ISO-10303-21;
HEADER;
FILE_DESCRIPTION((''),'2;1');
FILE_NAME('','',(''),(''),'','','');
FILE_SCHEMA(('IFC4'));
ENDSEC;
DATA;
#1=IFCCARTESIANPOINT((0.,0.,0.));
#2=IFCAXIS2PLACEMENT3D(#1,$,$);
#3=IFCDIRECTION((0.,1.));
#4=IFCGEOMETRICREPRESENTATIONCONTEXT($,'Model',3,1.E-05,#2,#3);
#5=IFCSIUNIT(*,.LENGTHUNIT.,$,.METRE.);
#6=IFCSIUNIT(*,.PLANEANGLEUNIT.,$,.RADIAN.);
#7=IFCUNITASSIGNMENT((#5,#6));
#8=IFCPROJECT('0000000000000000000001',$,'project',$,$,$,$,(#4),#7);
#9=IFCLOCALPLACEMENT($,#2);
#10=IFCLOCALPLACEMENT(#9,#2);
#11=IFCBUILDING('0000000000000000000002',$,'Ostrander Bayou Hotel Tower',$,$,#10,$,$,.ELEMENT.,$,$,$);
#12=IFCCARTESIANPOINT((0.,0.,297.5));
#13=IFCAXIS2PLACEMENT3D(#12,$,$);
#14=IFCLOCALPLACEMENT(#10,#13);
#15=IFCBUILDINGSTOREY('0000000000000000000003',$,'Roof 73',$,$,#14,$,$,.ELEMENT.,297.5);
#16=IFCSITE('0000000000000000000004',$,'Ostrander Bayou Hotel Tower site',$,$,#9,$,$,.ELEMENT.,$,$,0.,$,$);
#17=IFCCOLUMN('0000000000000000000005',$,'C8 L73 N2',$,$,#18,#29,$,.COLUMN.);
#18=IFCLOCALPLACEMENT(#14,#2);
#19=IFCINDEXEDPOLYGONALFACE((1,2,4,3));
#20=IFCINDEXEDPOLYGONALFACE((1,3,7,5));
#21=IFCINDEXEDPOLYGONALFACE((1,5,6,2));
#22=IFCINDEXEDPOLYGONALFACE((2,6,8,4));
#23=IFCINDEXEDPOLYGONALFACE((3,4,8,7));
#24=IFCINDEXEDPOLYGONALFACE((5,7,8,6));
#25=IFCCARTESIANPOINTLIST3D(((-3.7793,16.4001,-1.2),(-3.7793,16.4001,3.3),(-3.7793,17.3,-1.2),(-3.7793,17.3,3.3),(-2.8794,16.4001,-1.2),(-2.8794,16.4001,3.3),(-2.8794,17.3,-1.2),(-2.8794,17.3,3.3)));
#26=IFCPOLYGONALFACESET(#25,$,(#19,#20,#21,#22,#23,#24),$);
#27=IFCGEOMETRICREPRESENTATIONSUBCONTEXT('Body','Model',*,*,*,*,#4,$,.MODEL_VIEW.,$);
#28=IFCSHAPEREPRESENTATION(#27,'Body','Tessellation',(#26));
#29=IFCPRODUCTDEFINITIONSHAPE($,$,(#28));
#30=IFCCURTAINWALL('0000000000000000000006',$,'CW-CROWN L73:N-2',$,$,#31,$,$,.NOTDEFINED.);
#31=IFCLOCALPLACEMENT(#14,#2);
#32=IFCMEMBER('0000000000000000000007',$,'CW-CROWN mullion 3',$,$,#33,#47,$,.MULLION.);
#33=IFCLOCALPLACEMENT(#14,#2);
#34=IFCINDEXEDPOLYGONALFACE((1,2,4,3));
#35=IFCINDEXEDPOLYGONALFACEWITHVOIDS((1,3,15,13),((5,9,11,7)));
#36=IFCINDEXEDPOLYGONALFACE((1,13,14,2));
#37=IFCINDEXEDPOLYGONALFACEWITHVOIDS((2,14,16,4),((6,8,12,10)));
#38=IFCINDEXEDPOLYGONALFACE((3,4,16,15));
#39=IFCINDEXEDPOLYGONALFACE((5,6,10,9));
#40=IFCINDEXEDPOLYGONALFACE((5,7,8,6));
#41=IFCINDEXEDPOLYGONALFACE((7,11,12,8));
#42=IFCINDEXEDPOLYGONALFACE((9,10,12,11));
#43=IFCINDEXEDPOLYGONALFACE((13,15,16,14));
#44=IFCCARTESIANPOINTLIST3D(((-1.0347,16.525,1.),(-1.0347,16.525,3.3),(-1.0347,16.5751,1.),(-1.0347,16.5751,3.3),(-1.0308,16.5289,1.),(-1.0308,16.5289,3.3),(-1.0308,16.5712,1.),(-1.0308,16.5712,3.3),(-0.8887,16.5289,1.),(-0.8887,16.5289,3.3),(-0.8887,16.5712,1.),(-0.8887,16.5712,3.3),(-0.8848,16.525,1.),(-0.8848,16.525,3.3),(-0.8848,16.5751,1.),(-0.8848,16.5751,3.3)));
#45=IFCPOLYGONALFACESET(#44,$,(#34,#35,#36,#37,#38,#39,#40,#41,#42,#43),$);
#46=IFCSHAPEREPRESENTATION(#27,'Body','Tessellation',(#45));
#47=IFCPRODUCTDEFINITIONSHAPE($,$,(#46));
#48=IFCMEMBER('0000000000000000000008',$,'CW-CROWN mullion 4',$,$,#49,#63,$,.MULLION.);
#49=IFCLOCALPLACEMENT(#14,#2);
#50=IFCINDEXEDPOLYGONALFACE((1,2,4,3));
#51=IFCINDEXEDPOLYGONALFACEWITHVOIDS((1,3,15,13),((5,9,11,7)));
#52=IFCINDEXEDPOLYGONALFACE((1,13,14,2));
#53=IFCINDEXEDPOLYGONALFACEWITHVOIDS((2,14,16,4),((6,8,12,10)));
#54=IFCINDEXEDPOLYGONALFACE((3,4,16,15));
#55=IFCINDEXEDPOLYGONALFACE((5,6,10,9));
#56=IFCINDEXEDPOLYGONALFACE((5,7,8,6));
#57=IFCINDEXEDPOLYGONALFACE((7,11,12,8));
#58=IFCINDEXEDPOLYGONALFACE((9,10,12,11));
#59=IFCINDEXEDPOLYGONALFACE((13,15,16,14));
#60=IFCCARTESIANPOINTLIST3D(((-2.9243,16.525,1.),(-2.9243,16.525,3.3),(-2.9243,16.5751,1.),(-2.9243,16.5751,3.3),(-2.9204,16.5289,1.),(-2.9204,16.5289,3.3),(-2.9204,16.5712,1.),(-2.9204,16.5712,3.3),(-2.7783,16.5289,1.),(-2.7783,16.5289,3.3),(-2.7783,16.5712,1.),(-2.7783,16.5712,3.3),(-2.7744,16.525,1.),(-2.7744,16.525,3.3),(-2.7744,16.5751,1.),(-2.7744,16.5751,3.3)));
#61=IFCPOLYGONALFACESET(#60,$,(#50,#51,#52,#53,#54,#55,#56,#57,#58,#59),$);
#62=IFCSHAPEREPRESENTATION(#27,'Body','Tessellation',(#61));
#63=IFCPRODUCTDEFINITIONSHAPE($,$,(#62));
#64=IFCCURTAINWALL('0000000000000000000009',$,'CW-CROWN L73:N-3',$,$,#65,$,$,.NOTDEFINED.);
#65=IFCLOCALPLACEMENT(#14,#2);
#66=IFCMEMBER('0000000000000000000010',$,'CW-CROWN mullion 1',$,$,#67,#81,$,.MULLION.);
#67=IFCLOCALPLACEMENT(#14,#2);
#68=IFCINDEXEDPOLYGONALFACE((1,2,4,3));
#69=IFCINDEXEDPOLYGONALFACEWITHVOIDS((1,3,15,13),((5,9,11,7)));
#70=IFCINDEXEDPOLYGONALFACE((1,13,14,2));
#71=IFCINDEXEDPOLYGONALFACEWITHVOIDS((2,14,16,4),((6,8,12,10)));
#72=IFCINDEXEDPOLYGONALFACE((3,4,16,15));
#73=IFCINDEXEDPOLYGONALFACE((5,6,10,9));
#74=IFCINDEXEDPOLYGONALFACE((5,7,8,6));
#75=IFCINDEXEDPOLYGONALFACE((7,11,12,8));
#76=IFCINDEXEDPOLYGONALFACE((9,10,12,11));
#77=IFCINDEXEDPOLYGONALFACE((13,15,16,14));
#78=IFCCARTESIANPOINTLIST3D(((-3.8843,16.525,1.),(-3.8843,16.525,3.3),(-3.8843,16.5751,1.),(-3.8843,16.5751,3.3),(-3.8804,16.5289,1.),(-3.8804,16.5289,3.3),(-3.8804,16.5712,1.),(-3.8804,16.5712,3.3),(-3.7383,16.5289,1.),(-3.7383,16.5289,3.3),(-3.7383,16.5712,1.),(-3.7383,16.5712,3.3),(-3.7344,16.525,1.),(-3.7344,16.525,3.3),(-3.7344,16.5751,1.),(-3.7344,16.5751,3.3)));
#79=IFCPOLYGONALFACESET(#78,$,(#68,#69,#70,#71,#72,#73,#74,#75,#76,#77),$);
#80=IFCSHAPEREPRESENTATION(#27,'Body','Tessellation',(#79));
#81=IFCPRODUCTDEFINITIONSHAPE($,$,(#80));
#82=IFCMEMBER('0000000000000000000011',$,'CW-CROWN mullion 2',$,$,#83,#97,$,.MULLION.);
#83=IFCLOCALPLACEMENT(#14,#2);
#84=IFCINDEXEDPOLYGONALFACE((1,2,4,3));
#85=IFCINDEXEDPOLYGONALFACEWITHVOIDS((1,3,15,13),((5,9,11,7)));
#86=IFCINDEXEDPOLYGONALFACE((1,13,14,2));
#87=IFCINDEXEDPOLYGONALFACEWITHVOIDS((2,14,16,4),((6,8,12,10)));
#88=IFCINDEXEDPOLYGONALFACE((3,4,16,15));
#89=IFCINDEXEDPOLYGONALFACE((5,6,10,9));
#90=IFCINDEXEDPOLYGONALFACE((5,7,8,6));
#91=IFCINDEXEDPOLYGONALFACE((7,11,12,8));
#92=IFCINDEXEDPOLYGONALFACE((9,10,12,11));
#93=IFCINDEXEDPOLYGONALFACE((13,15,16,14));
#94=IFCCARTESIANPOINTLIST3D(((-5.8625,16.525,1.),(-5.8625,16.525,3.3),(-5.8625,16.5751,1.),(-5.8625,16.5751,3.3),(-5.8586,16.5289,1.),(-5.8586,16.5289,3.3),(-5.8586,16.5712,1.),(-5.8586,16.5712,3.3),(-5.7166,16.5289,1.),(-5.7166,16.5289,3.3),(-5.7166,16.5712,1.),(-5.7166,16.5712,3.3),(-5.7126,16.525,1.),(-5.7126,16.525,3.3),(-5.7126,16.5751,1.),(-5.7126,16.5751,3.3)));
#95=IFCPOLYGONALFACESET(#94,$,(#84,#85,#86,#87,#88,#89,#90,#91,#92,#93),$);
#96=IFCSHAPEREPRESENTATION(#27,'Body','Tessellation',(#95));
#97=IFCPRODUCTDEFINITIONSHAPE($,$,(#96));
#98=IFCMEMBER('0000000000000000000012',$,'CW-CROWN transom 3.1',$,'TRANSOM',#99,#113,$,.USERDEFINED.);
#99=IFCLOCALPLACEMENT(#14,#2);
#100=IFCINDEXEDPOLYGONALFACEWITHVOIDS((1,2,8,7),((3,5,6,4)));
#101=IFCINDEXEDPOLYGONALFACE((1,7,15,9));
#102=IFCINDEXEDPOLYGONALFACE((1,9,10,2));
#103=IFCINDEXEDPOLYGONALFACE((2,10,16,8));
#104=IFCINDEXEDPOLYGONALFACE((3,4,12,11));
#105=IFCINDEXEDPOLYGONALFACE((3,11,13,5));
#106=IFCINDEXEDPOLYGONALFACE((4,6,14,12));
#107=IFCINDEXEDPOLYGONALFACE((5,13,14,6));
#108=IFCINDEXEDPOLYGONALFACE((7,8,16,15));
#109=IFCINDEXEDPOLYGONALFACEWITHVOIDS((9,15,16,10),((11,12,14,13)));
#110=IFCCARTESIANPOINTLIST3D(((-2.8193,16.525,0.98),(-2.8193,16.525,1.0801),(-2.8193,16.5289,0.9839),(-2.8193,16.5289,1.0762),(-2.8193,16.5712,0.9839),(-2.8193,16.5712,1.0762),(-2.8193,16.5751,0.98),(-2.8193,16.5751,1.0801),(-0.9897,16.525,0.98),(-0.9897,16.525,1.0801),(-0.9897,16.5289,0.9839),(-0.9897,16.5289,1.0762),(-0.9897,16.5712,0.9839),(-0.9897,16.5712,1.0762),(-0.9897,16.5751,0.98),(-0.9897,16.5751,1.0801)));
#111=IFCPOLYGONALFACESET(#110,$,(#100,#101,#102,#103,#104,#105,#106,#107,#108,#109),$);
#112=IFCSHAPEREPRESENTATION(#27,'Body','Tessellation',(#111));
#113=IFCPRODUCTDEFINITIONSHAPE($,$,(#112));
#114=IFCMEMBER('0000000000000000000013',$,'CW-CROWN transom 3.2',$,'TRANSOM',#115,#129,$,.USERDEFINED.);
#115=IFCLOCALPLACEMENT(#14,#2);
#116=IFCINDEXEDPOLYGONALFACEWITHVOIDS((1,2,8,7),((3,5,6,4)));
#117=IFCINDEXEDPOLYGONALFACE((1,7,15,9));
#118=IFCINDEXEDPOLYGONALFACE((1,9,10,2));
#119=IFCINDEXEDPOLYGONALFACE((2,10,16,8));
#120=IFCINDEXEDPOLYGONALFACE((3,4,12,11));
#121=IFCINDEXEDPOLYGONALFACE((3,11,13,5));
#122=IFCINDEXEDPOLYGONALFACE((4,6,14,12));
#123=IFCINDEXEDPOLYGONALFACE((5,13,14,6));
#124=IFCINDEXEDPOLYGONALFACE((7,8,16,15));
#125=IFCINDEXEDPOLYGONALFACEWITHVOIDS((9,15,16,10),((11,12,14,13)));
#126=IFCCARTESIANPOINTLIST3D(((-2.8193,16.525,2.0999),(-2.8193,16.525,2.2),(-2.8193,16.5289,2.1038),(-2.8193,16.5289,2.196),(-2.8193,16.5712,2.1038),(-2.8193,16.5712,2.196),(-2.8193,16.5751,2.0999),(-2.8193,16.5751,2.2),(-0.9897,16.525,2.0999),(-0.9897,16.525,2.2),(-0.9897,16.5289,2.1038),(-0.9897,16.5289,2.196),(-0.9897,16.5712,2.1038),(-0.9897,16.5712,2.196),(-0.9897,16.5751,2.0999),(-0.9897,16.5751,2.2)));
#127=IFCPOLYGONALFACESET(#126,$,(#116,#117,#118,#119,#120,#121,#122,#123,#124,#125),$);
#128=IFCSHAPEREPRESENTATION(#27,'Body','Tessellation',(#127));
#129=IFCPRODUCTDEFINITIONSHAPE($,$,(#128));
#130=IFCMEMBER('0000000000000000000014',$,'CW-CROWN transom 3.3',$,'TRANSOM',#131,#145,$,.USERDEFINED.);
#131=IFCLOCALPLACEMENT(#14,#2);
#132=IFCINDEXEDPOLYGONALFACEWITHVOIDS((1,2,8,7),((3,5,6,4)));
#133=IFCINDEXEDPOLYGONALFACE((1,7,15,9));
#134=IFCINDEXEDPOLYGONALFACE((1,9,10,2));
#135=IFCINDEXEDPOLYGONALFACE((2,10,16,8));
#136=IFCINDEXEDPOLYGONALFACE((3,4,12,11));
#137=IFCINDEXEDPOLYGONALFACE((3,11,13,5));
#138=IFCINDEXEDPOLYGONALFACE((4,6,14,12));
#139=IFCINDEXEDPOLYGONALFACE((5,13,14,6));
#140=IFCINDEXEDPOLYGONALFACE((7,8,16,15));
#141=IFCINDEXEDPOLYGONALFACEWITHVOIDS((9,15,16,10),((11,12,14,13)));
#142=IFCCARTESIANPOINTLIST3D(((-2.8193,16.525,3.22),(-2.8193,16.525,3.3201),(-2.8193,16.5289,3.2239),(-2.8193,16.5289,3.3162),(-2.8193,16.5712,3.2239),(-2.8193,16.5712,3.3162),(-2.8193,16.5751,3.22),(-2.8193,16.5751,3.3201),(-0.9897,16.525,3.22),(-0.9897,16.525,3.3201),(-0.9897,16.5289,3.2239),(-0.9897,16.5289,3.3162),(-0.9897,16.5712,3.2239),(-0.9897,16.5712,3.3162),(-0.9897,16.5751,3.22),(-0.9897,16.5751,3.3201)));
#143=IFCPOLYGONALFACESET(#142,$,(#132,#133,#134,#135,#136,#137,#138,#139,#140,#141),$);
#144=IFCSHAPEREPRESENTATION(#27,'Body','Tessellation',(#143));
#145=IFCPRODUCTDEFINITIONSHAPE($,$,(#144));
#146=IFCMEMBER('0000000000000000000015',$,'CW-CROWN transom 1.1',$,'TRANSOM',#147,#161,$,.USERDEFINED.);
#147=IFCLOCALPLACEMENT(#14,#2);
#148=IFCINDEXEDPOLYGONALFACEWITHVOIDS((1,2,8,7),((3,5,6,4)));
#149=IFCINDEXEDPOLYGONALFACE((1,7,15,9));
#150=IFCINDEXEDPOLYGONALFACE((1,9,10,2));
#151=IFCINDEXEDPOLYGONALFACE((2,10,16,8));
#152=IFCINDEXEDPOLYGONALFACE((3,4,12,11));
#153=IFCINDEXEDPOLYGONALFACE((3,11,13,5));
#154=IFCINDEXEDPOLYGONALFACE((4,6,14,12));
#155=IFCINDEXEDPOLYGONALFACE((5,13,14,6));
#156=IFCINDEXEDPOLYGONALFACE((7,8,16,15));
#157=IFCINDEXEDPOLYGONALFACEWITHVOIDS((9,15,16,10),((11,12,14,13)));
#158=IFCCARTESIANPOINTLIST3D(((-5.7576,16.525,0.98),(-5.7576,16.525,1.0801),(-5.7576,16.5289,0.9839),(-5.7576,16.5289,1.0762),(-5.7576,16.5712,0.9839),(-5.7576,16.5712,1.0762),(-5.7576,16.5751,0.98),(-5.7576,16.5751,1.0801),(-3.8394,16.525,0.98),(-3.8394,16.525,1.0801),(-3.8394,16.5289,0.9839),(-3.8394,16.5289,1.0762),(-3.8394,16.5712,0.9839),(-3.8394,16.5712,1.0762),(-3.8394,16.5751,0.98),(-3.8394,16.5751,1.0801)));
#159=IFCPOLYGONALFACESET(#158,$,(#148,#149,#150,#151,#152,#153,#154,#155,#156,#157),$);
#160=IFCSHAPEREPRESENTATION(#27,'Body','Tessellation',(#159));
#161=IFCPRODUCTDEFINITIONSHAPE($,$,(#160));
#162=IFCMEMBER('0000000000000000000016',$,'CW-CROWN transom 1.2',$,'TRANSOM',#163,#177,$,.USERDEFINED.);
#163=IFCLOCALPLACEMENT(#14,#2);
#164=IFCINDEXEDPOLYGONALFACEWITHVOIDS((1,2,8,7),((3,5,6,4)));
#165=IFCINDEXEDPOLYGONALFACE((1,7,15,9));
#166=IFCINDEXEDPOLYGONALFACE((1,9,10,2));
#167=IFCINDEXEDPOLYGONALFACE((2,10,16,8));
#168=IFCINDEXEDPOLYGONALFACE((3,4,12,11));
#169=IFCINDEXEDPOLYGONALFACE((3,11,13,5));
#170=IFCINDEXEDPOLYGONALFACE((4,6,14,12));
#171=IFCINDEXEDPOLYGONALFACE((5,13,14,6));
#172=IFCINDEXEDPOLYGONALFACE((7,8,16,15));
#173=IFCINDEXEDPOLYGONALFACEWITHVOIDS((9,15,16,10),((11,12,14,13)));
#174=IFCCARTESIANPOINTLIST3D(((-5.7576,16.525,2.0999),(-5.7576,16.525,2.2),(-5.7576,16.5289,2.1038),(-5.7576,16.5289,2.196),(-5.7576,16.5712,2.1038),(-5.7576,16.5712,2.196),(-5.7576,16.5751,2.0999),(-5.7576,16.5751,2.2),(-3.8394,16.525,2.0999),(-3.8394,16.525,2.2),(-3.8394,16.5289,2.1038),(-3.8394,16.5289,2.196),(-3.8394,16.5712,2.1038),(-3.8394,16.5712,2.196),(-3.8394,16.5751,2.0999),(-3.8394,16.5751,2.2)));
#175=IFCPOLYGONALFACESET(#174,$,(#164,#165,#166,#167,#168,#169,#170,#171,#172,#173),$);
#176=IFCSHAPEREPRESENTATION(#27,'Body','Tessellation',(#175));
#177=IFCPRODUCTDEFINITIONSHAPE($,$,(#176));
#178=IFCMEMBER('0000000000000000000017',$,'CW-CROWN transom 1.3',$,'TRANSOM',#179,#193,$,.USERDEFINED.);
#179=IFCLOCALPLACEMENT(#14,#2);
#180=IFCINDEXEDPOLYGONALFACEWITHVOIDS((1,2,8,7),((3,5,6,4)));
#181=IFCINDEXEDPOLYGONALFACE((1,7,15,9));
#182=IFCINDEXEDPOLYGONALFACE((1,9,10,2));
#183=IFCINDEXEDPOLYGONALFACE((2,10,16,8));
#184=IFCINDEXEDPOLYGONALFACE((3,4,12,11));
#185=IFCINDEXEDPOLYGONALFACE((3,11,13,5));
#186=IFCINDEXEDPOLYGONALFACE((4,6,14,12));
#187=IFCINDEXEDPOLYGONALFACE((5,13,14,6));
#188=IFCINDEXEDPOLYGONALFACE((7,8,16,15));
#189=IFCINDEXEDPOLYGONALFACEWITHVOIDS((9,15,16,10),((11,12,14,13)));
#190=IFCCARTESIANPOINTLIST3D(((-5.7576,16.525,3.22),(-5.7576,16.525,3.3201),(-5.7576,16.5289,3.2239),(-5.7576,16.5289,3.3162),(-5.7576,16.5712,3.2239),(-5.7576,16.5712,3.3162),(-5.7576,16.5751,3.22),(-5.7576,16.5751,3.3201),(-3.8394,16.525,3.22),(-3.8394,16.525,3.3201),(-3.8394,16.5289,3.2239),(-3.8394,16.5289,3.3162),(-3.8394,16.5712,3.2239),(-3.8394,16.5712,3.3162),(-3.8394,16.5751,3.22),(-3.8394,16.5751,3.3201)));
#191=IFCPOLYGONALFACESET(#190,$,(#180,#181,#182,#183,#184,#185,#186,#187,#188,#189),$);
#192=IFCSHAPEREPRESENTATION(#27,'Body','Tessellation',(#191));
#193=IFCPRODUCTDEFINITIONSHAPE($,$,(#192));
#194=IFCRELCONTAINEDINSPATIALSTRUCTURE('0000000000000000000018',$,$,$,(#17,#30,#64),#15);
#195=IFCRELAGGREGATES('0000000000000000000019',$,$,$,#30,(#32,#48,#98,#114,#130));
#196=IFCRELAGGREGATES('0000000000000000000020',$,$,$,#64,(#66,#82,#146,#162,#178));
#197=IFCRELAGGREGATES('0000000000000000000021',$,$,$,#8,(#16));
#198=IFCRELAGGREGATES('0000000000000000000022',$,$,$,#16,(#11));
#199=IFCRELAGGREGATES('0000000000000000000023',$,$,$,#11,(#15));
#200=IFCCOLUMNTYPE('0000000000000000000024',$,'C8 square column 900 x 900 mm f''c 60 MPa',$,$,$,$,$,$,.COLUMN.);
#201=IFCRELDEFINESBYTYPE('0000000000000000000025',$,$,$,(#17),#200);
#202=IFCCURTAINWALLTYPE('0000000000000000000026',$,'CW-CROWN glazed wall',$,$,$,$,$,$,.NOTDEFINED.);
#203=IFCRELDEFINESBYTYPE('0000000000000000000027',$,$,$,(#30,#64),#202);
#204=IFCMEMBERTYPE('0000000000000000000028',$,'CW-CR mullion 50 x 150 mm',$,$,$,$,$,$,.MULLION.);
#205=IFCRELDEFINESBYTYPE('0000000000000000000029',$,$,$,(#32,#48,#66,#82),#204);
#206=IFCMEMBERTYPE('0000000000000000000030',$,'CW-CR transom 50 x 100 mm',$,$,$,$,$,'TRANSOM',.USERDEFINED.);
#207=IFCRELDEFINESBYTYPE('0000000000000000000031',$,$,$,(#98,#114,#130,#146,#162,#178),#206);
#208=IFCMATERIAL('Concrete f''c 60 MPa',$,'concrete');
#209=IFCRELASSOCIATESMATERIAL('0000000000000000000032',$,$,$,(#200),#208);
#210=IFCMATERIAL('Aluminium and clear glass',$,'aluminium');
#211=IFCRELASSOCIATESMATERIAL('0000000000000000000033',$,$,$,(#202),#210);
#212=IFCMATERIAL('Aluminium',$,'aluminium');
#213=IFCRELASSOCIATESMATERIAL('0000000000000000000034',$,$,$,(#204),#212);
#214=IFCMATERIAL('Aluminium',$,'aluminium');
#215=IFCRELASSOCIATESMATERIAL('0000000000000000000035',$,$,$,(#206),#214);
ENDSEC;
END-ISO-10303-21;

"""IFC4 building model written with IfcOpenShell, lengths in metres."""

from ifc_helpers import new_model, si_unit, direction, frame, origin, origin_2d, place, context, subcontext, project, spatial, rectangle, hollow_rectangle, extrude, material, material_profile, profile_set, type_object, element, aggregate, save


model = new_model("IFC4")

# Units and contexts
model_context = context("Model", 3, precision=1e-05, world=origin(), true_north=direction((0.0, 1.0)))
body_context = subcontext(model_context, "Body", "Model", "MODEL_VIEW")
ifc_project = project(units=[si_unit("LENGTHUNIT", "METRE"), si_unit("PLANEANGLEUNIT", "RADIAN")], contexts=[model_context])

# Site, building, storey
site_placement = place(None, origin())
site = spatial("IfcSite", under=ifc_project, at=site_placement, Name="Ostrander Bayou Hotel Tower site", CompositionType="ELEMENT", RefElevation=0.0)
building_placement = place(site_placement, origin())
building = spatial("IfcBuilding", under=site, at=building_placement, Name="Ostrander Bayou Hotel Tower", CompositionType="ELEMENT")
storey_placement = place(building_placement, frame((0.0, 0.0, 297.5)))
storey = spatial("IfcBuildingStorey", under=building, at=storey_placement, Name="Roof 73", CompositionType="ELEMENT", Elevation=297.5)

# Column
ifc_material_1 = material(Name="Concrete f'c 60 MPa", Category="concrete")
ifc_material_profile_1 = material_profile(ifc_material_1, rectangle(XDim=0.8999, YDim=0.8999, at=origin_2d()))
ifc_profile_set_1 = profile_set([ifc_material_profile_1], Name="Concrete f'c 60 MPa")
column_type = type_object("IfcColumnType", Name="C8 square column 900 x 900 mm f'c 60 MPa", PredefinedType="COLUMN", material=ifc_profile_set_1)
column_placement = place(storey_placement, frame((-3.3293, 16.8501, -1.2), z_axis=(0.0, 0.0, 1.0), x_axis=(1.0, 0.0, 0.0)))
element("IfcColumn", 1, at=column_placement, inside=storey, type_object=column_type, Name="C8 L73 N2", PredefinedType="COLUMN", context=body_context, shape_type="SweptSolid", body=[
    extrude(rectangle(XDim=0.8999, YDim=0.8999, at=origin_2d()), origin(), (0.0, 0.0, 1.0), 4.5),
])

# Curtain walls, members
ifc_material_2 = material(Name="Aluminium and clear glass", Category="aluminium")
curtain_wall_type = type_object("IfcCurtainWallType", Name="CW-CROWN glazed wall", PredefinedType="NOTDEFINED", material=ifc_material_2)
curtain_wall_1_placement = place(storey_placement, origin())
curtain_wall_1 = element("IfcCurtainWall", 2, at=curtain_wall_1_placement, inside=storey, type_object=curtain_wall_type, Name="CW-CROWN L73:N-2", PredefinedType="NOTDEFINED")
ifc_material_3 = material(Name="Aluminium", Category="aluminium")
ifc_material_profile_2 = material_profile(ifc_material_3, hollow_rectangle(XDim=0.05, YDim=0.1499, WallThickness=0.0039, at=origin_2d()))
ifc_profile_set_2 = profile_set([ifc_material_profile_2], Name="Aluminium")
member_type_1 = type_object("IfcMemberType", Name="CW-CR mullion 50 x 150 mm", PredefinedType="MULLION", material=ifc_profile_set_2)
member_1_placement = place(storey_placement, frame((-0.9597, 16.55, 1.0), z_axis=(0.0, 0.0, 1.0), x_axis=(0.0, -1.0, 0.0)))
member_1 = element("IfcMember", 3, at=member_1_placement, type_object=member_type_1, Name="CW-CROWN mullion 3", PredefinedType="MULLION", context=body_context, shape_type="SweptSolid", body=[
    extrude(hollow_rectangle(XDim=0.05, YDim=0.1499, WallThickness=0.0039, at=origin_2d()), origin(), (0.0, 0.0, 1.0), 2.3),
])
member_2_placement = place(storey_placement, frame((-2.8494, 16.55, 1.0), z_axis=(0.0, 0.0, 1.0), x_axis=(0.0, -1.0, 0.0)))
member_2 = element("IfcMember", 4, at=member_2_placement, type_object=member_type_1, Name="CW-CROWN mullion 4", PredefinedType="MULLION", context=body_context, shape_type="SweptSolid", body=[
    extrude(hollow_rectangle(XDim=0.05, YDim=0.1499, WallThickness=0.0039, at=origin_2d()), origin(), (0.0, 0.0, 1.0), 2.3),
])
curtain_wall_2_placement = place(storey_placement, origin())
curtain_wall_2 = element("IfcCurtainWall", 5, at=curtain_wall_2_placement, inside=storey, type_object=curtain_wall_type, Name="CW-CROWN L73:N-3", PredefinedType="NOTDEFINED")
member_3_placement = place(storey_placement, frame((-3.8093, 16.55, 1.0), z_axis=(0.0, 0.0, 1.0), x_axis=(0.0, -1.0, 0.0)))
member_3 = element("IfcMember", 6, at=member_3_placement, type_object=member_type_1, Name="CW-CROWN mullion 1", PredefinedType="MULLION", context=body_context, shape_type="SweptSolid", body=[
    extrude(hollow_rectangle(XDim=0.05, YDim=0.1499, WallThickness=0.0039, at=origin_2d()), origin(), (0.0, 0.0, 1.0), 2.3),
])
member_4_placement = place(storey_placement, frame((-5.7876, 16.55, 1.0), z_axis=(0.0, 0.0, 1.0), x_axis=(0.0, -1.0, 0.0)))
member_4 = element("IfcMember", 7, at=member_4_placement, type_object=member_type_1, Name="CW-CROWN mullion 2", PredefinedType="MULLION", context=body_context, shape_type="SweptSolid", body=[
    extrude(hollow_rectangle(XDim=0.05, YDim=0.1499, WallThickness=0.0039, at=origin_2d()), origin(), (0.0, 0.0, 1.0), 2.3),
])

# Members
ifc_material_4 = material(Name="Aluminium", Category="aluminium")
ifc_material_profile_3 = material_profile(ifc_material_4, hollow_rectangle(XDim=0.05, YDim=0.1001, WallThickness=0.0039, at=origin_2d()))
ifc_profile_set_3 = profile_set([ifc_material_profile_3], Name="Aluminium")
member_type_2 = type_object("IfcMemberType", Name="CW-CR transom 50 x 100 mm", ElementType="TRANSOM", PredefinedType="USERDEFINED", material=ifc_profile_set_3)
member_5_placement = place(storey_placement, frame((-0.9897, 16.55, 1.03), z_axis=(-1.0, 0.0, 0.0), x_axis=(0.0, -1.0, 0.0)))
member_5 = element("IfcMember", 8, at=member_5_placement, type_object=member_type_2, Name="CW-CROWN transom 3.1", ObjectType="TRANSOM", PredefinedType="USERDEFINED", context=body_context, shape_type="SweptSolid", body=[
    extrude(hollow_rectangle(XDim=0.05, YDim=0.1001, WallThickness=0.0039, at=origin_2d()), origin(), (0.0, 0.0, 1.0), 1.8296),
])
member_6_placement = place(storey_placement, frame((-0.9897, 16.55, 2.1499), z_axis=(-1.0, 0.0, 0.0), x_axis=(0.0, -1.0, 0.0)))
member_6 = element("IfcMember", 9, at=member_6_placement, type_object=member_type_2, Name="CW-CROWN transom 3.2", ObjectType="TRANSOM", PredefinedType="USERDEFINED", context=body_context, shape_type="SweptSolid", body=[
    extrude(hollow_rectangle(XDim=0.05, YDim=0.1001, WallThickness=0.0039, at=origin_2d()), origin(), (0.0, 0.0, 1.0), 1.8296),
])
member_7_placement = place(storey_placement, frame((-0.9897, 16.55, 3.27), z_axis=(-1.0, 0.0, 0.0), x_axis=(0.0, -1.0, 0.0)))
member_7 = element("IfcMember", 10, at=member_7_placement, type_object=member_type_2, Name="CW-CROWN transom 3.3", ObjectType="TRANSOM", PredefinedType="USERDEFINED", context=body_context, shape_type="SweptSolid", body=[
    extrude(hollow_rectangle(XDim=0.05, YDim=0.1001, WallThickness=0.0039, at=origin_2d()), origin(), (0.0, 0.0, 1.0), 1.8296),
])
member_8_placement = place(storey_placement, frame((-3.8394, 16.55, 1.03), z_axis=(-1.0, 0.0, 0.0), x_axis=(0.0, -1.0, 0.0)))
member_8 = element("IfcMember", 11, at=member_8_placement, type_object=member_type_2, Name="CW-CROWN transom 1.1", ObjectType="TRANSOM", PredefinedType="USERDEFINED", context=body_context, shape_type="SweptSolid", body=[
    extrude(hollow_rectangle(XDim=0.05, YDim=0.1001, WallThickness=0.0039, at=origin_2d()), origin(), (0.0, 0.0, 1.0), 1.9182),
])
member_9_placement = place(storey_placement, frame((-3.8394, 16.55, 2.1499), z_axis=(-1.0, 0.0, 0.0), x_axis=(0.0, -1.0, 0.0)))
member_9 = element("IfcMember", 12, at=member_9_placement, type_object=member_type_2, Name="CW-CROWN transom 1.2", ObjectType="TRANSOM", PredefinedType="USERDEFINED", context=body_context, shape_type="SweptSolid", body=[
    extrude(hollow_rectangle(XDim=0.05, YDim=0.1001, WallThickness=0.0039, at=origin_2d()), origin(), (0.0, 0.0, 1.0), 1.9182),
])
member_10_placement = place(storey_placement, frame((-3.8394, 16.55, 3.27), z_axis=(-1.0, 0.0, 0.0), x_axis=(0.0, -1.0, 0.0)))
member_10 = element("IfcMember", 13, at=member_10_placement, type_object=member_type_2, Name="CW-CROWN transom 1.3", ObjectType="TRANSOM", PredefinedType="USERDEFINED", context=body_context, shape_type="SweptSolid", body=[
    extrude(hollow_rectangle(XDim=0.05, YDim=0.1001, WallThickness=0.0039, at=origin_2d()), origin(), (0.0, 0.0, 1.0), 1.9182),
])

aggregate(curtain_wall_1, [member_1, member_2, member_5, member_6, member_7])
aggregate(curtain_wall_2, [member_3, member_4, member_8, member_9, member_10])

save(model, "model.ifc")
